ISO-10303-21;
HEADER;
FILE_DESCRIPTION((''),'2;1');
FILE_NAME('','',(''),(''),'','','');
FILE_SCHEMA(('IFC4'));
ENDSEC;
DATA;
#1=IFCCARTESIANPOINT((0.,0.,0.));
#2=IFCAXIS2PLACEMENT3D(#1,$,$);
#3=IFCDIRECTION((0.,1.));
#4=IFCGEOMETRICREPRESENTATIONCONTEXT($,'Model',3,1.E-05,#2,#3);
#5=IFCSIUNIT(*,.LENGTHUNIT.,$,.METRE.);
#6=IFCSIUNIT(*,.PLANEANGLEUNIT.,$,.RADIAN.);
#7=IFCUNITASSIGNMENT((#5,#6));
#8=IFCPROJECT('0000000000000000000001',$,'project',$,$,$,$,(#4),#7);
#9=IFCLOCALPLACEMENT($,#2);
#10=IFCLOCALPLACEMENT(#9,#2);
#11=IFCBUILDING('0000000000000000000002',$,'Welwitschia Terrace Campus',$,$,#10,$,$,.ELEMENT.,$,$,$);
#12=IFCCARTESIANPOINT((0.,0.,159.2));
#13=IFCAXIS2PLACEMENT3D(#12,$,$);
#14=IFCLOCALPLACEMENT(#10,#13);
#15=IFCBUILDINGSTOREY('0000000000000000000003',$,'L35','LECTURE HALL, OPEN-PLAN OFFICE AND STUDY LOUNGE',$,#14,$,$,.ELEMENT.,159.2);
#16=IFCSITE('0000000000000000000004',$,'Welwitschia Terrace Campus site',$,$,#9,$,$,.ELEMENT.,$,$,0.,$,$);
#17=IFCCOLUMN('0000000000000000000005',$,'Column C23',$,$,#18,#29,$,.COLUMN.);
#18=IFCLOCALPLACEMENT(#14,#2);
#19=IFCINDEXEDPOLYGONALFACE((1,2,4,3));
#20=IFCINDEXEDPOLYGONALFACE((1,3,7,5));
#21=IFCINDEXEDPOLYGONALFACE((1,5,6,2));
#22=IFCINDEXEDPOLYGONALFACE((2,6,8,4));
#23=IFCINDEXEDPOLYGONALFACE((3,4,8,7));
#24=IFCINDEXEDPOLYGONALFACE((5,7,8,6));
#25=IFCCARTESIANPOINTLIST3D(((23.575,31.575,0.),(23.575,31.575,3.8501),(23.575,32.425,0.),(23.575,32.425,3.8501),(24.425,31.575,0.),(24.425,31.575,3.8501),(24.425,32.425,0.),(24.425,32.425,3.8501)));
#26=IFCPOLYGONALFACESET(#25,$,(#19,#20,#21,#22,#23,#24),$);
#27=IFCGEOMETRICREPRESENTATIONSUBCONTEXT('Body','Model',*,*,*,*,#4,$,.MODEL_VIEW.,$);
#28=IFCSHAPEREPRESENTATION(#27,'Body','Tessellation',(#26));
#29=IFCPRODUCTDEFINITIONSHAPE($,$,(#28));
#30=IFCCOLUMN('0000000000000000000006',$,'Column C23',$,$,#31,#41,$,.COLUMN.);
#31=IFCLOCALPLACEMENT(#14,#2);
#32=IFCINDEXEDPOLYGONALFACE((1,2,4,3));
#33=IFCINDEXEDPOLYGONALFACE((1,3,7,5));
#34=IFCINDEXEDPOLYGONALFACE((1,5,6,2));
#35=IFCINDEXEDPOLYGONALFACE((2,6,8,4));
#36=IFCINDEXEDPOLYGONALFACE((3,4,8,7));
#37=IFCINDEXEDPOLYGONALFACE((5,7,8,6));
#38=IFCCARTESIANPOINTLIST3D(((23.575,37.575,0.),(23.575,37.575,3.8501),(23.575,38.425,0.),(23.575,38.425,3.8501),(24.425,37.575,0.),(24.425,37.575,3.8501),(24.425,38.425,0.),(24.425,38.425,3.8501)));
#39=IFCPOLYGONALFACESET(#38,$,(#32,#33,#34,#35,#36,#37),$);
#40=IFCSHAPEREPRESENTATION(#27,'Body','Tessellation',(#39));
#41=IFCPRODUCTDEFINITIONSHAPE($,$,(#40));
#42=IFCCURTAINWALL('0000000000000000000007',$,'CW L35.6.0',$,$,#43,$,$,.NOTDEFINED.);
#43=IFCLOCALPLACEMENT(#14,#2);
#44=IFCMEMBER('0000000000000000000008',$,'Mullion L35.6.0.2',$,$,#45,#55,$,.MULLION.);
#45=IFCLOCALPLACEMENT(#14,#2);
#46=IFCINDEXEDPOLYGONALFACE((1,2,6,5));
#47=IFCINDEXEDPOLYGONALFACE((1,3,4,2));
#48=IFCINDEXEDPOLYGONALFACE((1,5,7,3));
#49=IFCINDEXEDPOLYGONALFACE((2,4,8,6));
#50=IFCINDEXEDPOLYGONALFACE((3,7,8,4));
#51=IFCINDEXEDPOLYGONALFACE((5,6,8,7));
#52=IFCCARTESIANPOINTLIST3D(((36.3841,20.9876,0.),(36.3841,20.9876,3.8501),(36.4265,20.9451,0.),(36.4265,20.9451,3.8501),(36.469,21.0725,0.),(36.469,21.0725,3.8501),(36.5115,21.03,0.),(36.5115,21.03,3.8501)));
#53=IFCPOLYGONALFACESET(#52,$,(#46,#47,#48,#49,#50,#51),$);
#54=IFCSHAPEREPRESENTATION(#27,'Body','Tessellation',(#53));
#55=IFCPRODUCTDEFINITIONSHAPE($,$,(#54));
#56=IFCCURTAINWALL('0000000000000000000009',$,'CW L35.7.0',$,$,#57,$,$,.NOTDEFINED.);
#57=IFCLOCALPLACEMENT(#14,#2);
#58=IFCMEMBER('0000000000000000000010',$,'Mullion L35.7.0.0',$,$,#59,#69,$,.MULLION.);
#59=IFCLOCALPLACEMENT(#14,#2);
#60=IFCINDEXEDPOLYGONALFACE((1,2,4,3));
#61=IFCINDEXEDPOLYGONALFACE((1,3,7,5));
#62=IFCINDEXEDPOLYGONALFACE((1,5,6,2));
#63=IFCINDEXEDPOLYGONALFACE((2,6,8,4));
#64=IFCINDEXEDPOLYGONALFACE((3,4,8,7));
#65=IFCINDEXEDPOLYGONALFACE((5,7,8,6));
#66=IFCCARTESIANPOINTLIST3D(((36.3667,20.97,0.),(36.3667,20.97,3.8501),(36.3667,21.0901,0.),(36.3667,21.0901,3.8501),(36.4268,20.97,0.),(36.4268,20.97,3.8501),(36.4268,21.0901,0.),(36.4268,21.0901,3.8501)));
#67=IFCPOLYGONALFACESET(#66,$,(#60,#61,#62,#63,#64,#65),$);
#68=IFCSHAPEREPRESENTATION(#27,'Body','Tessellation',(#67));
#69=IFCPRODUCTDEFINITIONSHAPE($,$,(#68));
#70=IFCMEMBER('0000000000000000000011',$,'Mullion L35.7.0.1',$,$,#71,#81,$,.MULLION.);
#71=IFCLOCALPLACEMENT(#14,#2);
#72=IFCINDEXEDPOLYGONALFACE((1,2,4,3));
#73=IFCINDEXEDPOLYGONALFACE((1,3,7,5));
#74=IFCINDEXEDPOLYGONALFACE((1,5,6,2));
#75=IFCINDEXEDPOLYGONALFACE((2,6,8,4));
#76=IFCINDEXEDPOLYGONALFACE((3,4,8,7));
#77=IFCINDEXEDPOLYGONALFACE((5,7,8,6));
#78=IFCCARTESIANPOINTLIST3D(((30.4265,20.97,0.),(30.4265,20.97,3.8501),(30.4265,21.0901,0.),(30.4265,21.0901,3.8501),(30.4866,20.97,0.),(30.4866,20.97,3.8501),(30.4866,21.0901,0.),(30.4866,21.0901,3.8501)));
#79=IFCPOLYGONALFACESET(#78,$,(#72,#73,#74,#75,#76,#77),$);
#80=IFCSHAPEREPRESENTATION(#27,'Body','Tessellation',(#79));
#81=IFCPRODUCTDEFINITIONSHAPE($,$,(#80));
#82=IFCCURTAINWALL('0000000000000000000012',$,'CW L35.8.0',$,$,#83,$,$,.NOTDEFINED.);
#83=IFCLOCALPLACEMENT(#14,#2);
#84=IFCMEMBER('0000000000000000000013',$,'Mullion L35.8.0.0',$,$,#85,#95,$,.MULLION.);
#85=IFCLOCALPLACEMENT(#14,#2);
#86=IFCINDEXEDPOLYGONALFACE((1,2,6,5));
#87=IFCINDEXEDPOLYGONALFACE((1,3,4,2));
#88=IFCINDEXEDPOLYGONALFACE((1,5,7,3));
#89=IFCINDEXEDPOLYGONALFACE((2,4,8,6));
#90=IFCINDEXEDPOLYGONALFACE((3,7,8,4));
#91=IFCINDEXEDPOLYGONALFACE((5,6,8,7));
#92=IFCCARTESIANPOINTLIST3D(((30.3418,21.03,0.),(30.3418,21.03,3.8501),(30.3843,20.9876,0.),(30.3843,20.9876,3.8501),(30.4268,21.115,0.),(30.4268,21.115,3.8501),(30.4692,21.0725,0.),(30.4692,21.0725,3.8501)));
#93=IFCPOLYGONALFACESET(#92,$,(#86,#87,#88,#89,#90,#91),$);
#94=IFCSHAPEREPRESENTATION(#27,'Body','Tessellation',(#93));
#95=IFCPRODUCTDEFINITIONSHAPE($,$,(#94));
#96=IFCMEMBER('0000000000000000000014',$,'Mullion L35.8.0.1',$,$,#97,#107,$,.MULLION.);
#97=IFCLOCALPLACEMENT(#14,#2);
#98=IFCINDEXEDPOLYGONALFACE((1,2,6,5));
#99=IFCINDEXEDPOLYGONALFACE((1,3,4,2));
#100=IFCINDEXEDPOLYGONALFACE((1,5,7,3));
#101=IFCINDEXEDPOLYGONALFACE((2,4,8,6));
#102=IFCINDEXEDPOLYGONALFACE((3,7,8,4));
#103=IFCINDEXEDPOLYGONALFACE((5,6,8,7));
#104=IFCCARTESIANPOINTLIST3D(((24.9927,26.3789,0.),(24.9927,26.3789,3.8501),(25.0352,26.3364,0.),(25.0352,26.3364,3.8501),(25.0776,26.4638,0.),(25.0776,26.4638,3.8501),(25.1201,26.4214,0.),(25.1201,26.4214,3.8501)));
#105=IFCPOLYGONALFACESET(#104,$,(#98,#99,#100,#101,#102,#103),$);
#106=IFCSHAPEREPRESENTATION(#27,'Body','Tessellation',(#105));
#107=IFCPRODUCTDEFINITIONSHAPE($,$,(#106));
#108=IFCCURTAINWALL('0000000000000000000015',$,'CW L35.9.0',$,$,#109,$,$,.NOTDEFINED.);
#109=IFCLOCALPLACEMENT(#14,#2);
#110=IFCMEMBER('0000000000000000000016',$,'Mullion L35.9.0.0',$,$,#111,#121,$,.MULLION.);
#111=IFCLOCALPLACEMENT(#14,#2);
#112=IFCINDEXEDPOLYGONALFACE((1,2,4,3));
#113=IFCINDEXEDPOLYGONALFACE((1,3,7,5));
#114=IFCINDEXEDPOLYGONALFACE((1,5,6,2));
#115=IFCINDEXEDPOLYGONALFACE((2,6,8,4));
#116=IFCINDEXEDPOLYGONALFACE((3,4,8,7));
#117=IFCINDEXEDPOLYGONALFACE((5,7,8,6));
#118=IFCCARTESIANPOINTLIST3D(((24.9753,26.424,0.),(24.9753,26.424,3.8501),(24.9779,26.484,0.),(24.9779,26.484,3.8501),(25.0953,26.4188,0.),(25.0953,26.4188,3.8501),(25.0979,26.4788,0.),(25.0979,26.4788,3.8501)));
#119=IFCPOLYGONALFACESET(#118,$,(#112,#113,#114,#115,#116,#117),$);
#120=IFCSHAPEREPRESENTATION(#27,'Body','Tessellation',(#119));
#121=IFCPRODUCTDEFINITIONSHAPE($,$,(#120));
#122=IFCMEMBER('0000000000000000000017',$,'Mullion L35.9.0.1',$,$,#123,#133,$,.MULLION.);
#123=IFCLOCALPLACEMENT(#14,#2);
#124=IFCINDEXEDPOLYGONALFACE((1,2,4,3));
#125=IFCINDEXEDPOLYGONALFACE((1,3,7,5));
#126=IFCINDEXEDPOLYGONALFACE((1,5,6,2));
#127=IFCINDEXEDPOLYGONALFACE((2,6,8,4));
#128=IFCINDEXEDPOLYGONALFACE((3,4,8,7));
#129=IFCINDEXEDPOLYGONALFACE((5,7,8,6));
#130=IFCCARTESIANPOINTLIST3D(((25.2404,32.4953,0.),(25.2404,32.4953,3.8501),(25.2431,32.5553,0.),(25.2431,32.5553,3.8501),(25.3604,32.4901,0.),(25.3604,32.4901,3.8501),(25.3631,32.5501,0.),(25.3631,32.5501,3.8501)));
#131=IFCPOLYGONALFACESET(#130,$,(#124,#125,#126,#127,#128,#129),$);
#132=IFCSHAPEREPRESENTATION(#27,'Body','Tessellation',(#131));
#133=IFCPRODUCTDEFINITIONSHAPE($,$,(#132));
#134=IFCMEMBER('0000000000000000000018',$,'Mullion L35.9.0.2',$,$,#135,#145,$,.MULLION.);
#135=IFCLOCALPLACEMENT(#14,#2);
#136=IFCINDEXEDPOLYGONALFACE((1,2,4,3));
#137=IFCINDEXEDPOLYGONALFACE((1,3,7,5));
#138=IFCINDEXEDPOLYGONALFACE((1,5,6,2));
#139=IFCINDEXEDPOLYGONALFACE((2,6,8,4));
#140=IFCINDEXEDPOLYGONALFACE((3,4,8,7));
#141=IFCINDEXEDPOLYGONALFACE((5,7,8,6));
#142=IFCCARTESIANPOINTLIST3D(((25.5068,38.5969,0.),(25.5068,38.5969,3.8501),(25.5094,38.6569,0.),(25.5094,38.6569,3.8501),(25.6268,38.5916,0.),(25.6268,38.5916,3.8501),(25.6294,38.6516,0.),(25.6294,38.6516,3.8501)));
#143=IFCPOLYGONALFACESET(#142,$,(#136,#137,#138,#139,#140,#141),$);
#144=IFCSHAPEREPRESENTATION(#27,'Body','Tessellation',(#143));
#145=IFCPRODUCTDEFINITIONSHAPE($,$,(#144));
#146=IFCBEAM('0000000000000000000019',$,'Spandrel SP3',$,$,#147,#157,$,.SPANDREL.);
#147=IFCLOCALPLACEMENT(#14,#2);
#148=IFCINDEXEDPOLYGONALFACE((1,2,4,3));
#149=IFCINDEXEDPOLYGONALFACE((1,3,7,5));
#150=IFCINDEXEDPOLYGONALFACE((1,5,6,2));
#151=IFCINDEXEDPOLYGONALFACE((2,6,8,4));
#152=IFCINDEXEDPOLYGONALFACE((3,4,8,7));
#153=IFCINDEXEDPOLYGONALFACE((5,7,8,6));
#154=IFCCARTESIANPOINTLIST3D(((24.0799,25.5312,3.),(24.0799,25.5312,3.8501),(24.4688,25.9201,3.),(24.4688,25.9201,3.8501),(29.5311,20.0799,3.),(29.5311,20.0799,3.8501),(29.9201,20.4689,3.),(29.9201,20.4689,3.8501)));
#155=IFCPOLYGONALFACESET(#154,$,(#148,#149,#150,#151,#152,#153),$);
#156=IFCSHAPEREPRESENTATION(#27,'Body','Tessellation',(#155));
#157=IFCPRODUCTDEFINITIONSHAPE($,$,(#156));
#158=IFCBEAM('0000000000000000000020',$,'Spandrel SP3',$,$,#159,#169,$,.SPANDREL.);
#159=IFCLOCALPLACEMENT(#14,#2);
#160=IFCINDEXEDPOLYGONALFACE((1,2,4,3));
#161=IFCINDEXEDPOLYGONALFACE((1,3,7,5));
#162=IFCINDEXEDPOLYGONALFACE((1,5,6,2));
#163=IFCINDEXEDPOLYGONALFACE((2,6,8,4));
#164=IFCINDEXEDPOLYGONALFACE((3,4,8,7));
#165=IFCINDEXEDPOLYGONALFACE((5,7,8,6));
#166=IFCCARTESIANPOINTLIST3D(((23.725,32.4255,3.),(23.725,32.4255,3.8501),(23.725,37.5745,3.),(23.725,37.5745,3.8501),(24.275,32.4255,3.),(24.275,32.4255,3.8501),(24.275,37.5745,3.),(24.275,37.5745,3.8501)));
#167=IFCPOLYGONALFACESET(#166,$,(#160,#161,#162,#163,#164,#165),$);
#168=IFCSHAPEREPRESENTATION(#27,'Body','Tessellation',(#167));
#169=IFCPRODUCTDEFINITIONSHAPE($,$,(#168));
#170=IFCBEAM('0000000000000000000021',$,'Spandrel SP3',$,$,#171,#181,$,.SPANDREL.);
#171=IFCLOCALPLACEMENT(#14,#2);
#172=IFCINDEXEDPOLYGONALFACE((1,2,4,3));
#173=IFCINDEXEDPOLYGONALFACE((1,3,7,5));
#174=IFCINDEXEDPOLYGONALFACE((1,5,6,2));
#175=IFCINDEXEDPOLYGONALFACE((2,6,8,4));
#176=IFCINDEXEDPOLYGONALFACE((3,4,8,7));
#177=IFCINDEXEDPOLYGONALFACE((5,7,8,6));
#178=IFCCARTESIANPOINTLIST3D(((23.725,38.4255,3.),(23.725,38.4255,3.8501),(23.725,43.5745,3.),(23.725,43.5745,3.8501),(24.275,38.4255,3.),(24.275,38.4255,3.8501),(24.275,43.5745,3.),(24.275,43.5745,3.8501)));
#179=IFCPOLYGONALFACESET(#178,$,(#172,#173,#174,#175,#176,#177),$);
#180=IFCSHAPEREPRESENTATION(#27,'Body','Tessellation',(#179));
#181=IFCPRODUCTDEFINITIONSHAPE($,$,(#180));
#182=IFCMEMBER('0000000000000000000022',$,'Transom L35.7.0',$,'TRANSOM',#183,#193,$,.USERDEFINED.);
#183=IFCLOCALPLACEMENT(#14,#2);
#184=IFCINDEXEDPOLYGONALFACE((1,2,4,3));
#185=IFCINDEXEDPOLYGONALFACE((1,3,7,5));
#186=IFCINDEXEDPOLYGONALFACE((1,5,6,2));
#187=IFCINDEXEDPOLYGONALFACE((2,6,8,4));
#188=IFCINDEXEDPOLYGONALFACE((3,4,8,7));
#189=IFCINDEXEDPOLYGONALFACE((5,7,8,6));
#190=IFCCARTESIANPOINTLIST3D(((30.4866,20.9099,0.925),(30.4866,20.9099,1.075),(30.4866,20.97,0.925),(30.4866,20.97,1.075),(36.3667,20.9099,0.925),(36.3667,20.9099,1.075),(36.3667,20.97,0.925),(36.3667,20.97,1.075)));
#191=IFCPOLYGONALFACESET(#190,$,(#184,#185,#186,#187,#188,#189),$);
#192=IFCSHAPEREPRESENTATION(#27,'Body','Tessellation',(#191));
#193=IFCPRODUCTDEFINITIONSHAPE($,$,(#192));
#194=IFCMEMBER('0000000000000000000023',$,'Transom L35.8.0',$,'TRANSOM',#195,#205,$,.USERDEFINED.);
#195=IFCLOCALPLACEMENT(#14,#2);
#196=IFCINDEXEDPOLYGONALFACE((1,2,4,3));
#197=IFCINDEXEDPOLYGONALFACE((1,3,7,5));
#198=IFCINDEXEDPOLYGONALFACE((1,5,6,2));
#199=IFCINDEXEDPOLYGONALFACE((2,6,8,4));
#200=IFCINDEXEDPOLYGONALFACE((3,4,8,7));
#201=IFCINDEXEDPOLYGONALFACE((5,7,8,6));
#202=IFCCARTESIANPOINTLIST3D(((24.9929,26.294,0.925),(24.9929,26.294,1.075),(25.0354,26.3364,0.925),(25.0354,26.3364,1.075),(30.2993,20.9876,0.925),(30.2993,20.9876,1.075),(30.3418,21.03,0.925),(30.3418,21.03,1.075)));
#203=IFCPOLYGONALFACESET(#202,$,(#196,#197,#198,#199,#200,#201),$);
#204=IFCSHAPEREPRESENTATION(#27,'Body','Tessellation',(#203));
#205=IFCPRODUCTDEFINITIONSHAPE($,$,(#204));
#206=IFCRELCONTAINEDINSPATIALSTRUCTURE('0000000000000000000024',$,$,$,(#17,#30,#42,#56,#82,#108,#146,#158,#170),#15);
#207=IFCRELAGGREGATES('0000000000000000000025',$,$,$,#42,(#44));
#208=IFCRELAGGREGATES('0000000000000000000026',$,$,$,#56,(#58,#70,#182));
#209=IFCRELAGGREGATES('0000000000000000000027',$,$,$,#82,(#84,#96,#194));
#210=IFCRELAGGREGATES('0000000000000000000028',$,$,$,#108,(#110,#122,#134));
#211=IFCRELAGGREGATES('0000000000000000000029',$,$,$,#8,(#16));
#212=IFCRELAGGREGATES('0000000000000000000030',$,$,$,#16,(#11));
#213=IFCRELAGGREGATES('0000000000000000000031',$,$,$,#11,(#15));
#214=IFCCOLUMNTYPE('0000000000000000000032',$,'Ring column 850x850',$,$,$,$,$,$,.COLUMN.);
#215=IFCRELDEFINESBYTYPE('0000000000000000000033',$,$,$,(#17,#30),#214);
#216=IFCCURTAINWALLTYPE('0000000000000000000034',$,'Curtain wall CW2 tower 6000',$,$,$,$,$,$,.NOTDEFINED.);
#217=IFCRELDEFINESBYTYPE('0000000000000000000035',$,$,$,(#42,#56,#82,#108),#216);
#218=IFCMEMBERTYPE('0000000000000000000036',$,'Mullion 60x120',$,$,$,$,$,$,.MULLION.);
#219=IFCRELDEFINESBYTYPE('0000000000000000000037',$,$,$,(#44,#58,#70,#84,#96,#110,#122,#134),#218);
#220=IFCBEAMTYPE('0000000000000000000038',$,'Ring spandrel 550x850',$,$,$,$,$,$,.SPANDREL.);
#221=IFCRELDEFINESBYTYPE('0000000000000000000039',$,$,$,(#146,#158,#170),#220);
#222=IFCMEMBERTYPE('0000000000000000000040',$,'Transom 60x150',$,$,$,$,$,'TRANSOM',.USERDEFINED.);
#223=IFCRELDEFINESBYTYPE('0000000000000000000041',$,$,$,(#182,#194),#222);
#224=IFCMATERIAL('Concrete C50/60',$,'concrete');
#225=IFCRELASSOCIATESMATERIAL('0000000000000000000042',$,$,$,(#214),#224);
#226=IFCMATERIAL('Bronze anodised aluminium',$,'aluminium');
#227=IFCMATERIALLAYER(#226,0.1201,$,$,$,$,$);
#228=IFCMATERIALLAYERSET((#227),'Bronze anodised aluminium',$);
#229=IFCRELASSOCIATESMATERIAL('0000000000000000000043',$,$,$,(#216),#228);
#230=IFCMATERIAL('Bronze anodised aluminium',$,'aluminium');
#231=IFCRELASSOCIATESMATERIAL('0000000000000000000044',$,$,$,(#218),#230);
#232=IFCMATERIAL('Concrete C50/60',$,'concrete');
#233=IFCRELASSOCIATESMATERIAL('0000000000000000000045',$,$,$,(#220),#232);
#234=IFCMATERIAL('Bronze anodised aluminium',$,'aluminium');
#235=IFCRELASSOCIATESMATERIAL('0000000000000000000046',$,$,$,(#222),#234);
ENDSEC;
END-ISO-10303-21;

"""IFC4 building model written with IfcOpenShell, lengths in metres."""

from ifc_helpers import new_model, si_unit, direction, frame, origin, origin_2d, place, context, subcontext, project, spatial, rectangle, extrude, material, layer, layer_set, material_profile, profile_set, type_object, element, aggregate, save


model = new_model("IFC4")

# Units and contexts
model_context = context("Model", 3, precision=1e-05, world=origin(), true_north=direction((0.0, 1.0)))
body_context = subcontext(model_context, "Body", "Model", "MODEL_VIEW")
ifc_project = project(units=[si_unit("LENGTHUNIT", "METRE"), si_unit("PLANEANGLEUNIT", "RADIAN")], contexts=[model_context])

# Site, building, storey
site_placement = place(None, origin())
site = spatial("IfcSite", under=ifc_project, at=site_placement, Name="Welwitschia Terrace Campus site", CompositionType="ELEMENT", RefElevation=0.0)
building_placement = place(site_placement, origin())
building = spatial("IfcBuilding", under=site, at=building_placement, Name="Welwitschia Terrace Campus", CompositionType="ELEMENT")
storey_placement = place(building_placement, frame((0.0, 0.0, 159.2)))
storey = spatial("IfcBuildingStorey", under=building, at=storey_placement, Name="L35", Description="LECTURE HALL, OPEN-PLAN OFFICE AND STUDY LOUNGE", CompositionType="ELEMENT", Elevation=159.2)

# Columns
ifc_material_1 = material(Name="Concrete C50/60", Category="concrete")
ifc_material_profile_1 = material_profile(ifc_material_1, rectangle(XDim=0.8501, YDim=0.8501, at=origin_2d()))
ifc_profile_set_1 = profile_set([ifc_material_profile_1], Name="Concrete C50/60")
column_type = type_object("IfcColumnType", Name="Ring column 850x850", PredefinedType="COLUMN", material=ifc_profile_set_1)
for number, where, z_axis, x_axis, name in (
    (1, (24.0, 32.0, 0.0), (0.0, 0.0, 1.0), (1.0, 0.0, 0.0), "Column C23"),
    (2, (24.0, 38.0, 0.0), (0.0, 0.0, 1.0), (1.0, 0.0, 0.0), "Column C23"),
):
    element("IfcColumn", number, at=place(storey_placement, frame(where, z_axis=z_axis, x_axis=x_axis)), inside=storey, type_object=column_type, Name=name, PredefinedType="COLUMN", context=body_context, shape_type="SweptSolid", body=[
        extrude(rectangle(XDim=0.8501, YDim=0.8501, at=origin_2d()), origin(), (0.0, 0.0, 1.0), 3.8501),
    ])

# Curtain wall, member
ifc_material_2 = material(Name="Bronze anodised aluminium", Category="aluminium")
ifc_layer_1 = layer(ifc_material_2, 0.1201)
ifc_layer_set_1 = layer_set([ifc_layer_1], Name="Bronze anodised aluminium")
curtain_wall_type = type_object("IfcCurtainWallType", Name="Curtain wall CW2 tower 6000", PredefinedType="NOTDEFINED", material=ifc_layer_set_1)
curtain_wall_1_placement = place(storey_placement, origin())
curtain_wall_1 = element("IfcCurtainWall", 3, at=curtain_wall_1_placement, inside=storey, type_object=curtain_wall_type, Name="CW L35.6.0", PredefinedType="NOTDEFINED")
ifc_material_3 = material(Name="Bronze anodised aluminium", Category="aluminium")
ifc_material_profile_2 = material_profile(ifc_material_3, rectangle(XDim=0.1201, YDim=0.0601, at=origin_2d()))
ifc_profile_set_2 = profile_set([ifc_material_profile_2], Name="Bronze anodised aluminium")
member_type_1 = type_object("IfcMemberType", Name="Mullion 60x120", PredefinedType="MULLION", material=ifc_profile_set_2)
member_1_placement = place(storey_placement, frame((36.4478, 21.0088, 0.0), z_axis=(0.0, 0.0, 1.0), x_axis=(-0.707107, -0.707107, 0.0)))
member_1 = element("IfcMember", 4, at=member_1_placement, type_object=member_type_1, Name="Mullion L35.6.0.2", PredefinedType="MULLION", context=body_context, shape_type="SweptSolid", body=[
    extrude(rectangle(XDim=0.1201, YDim=0.0601, at=origin_2d()), origin(), (0.0, 0.0, 1.0), 3.8501),
])
aggregate(curtain_wall_1, [member_1])

# Curtain walls, members
curtain_wall_2_placement = place(storey_placement, origin())
curtain_wall_2 = element("IfcCurtainWall", 5, at=curtain_wall_2_placement, inside=storey, type_object=curtain_wall_type, Name="CW L35.7.0", PredefinedType="NOTDEFINED")
member_2_placement = place(storey_placement, frame((36.3967, 21.03, 0.0), z_axis=(0.0, 0.0, 1.0), x_axis=(0.0, -1.0, 0.0)))
member_2 = element("IfcMember", 6, at=member_2_placement, type_object=member_type_1, Name="Mullion L35.7.0.0", PredefinedType="MULLION", context=body_context, shape_type="SweptSolid", body=[
    extrude(rectangle(XDim=0.1201, YDim=0.0601, at=origin_2d()), origin(), (0.0, 0.0, 1.0), 3.8501),
])
member_3_placement = place(storey_placement, frame((30.4565, 21.03, 0.0), z_axis=(0.0, 0.0, 1.0), x_axis=(0.0, -1.0, 0.0)))
member_3 = element("IfcMember", 7, at=member_3_placement, type_object=member_type_1, Name="Mullion L35.7.0.1", PredefinedType="MULLION", context=body_context, shape_type="SweptSolid", body=[
    extrude(rectangle(XDim=0.1201, YDim=0.0601, at=origin_2d()), origin(), (0.0, 0.0, 1.0), 3.8501),
])
curtain_wall_3_placement = place(storey_placement, origin())
curtain_wall_3 = element("IfcCurtainWall", 8, at=curtain_wall_3_placement, inside=storey, type_object=curtain_wall_type, Name="CW L35.8.0", PredefinedType="NOTDEFINED")
member_4_placement = place(storey_placement, frame((30.4055, 21.0513, 0.0), z_axis=(0.0, 0.0, 1.0), x_axis=(-0.707107, -0.707107, 0.0)))
member_4 = element("IfcMember", 9, at=member_4_placement, type_object=member_type_1, Name="Mullion L35.8.0.0", PredefinedType="MULLION", context=body_context, shape_type="SweptSolid", body=[
    extrude(rectangle(XDim=0.1201, YDim=0.0601, at=origin_2d()), origin(), (0.0, 0.0, 1.0), 3.8501),
])
member_5_placement = place(storey_placement, frame((25.0564, 26.4001, 0.0), z_axis=(0.0, 0.0, 1.0), x_axis=(-0.707107, -0.707107, 0.0)))
member_5 = element("IfcMember", 10, at=member_5_placement, type_object=member_type_1, Name="Mullion L35.8.0.1", PredefinedType="MULLION", context=body_context, shape_type="SweptSolid", body=[
    extrude(rectangle(XDim=0.1201, YDim=0.0601, at=origin_2d()), origin(), (0.0, 0.0, 1.0), 3.8501),
])
curtain_wall_4_placement = place(storey_placement, origin())
curtain_wall_4 = element("IfcCurtainWall", 11, at=curtain_wall_4_placement, inside=storey, type_object=curtain_wall_type, Name="CW L35.9.0", PredefinedType="NOTDEFINED")
member_6_placement = place(storey_placement, frame((25.0366, 26.4514, 0.0), z_axis=(0.0, 0.0, 1.0), x_axis=(-0.999048, 0.043619, 0.0)))
member_6 = element("IfcMember", 12, at=member_6_placement, type_object=member_type_1, Name="Mullion L35.9.0.0", PredefinedType="MULLION", context=body_context, shape_type="SweptSolid", body=[
    extrude(rectangle(XDim=0.1201, YDim=0.0601, at=origin_2d()), origin(), (0.0, 0.0, 1.0), 3.8501),
])
member_7_placement = place(storey_placement, frame((25.3018, 32.5227, 0.0), z_axis=(0.0, 0.0, 1.0), x_axis=(-0.999048, 0.043619, 0.0)))
member_7 = element("IfcMember", 13, at=member_7_placement, type_object=member_type_1, Name="Mullion L35.9.0.1", PredefinedType="MULLION", context=body_context, shape_type="SweptSolid", body=[
    extrude(rectangle(XDim=0.1201, YDim=0.0601, at=origin_2d()), origin(), (0.0, 0.0, 1.0), 3.8501),
])
member_8_placement = place(storey_placement, frame((25.5681, 38.6243, 0.0), z_axis=(0.0, 0.0, 1.0), x_axis=(-0.999048, 0.043619, 0.0)))
member_8 = element("IfcMember", 14, at=member_8_placement, type_object=member_type_1, Name="Mullion L35.9.0.2", PredefinedType="MULLION", context=body_context, shape_type="SweptSolid", body=[
    extrude(rectangle(XDim=0.1201, YDim=0.0601, at=origin_2d()), origin(), (0.0, 0.0, 1.0), 3.8501),
])

# Beams
ifc_material_4 = material(Name="Concrete C50/60", Category="concrete")
ifc_material_profile_3 = material_profile(ifc_material_4, rectangle(XDim=0.55, YDim=0.8501, at=origin_2d()))
ifc_profile_set_3 = profile_set([ifc_material_profile_3], Name="Concrete C50/60")
beam_type = type_object("IfcBeamType", Name="Ring spandrel 550x850", PredefinedType="SPANDREL", material=ifc_profile_set_3)
beam_placement = place(storey_placement, frame((29.7256, 20.2744, 3.425), z_axis=(-0.707107, 0.707107, 0.0), x_axis=(-0.707107, -0.707107, 0.0)))
element("IfcBeam", 15, at=beam_placement, inside=storey, type_object=beam_type, Name="Spandrel SP3", PredefinedType="SPANDREL", context=body_context, shape_type="SweptSolid", body=[
    extrude(rectangle(XDim=0.55, YDim=0.8501, at=origin_2d()), origin(), (0.0, 0.0, 1.0), 7.7092),
])
for number, where, z_axis, x_axis, name in (
    (16, (24.0, 32.4255, 3.425), (0.0, 1.0, 0.0), (-1.0, 0.0, 0.0), "Spandrel SP3"),
    (17, (24.0, 38.4255, 3.425), (0.0, 1.0, 0.0), (-1.0, 0.0, 0.0), "Spandrel SP3"),
):
    element("IfcBeam", number, at=place(storey_placement, frame(where, z_axis=z_axis, x_axis=x_axis)), inside=storey, type_object=beam_type, Name=name, PredefinedType="SPANDREL", context=body_context, shape_type="SweptSolid", body=[
        extrude(rectangle(XDim=0.55, YDim=0.8501, at=origin_2d()), origin(), (0.0, 0.0, 1.0), 5.1489),
    ])

# Members
ifc_material_5 = material(Name="Bronze anodised aluminium", Category="aluminium")
ifc_material_profile_4 = material_profile(ifc_material_5, rectangle(XDim=0.0601, YDim=0.1499, at=origin_2d()))
ifc_profile_set_4 = profile_set([ifc_material_profile_4], Name="Bronze anodised aluminium")
member_type_2 = type_object("IfcMemberType", Name="Transom 60x150", ElementType="TRANSOM", PredefinedType="USERDEFINED", material=ifc_profile_set_4)
member_9_placement = place(storey_placement, frame((36.3667, 20.9399, 1.0), z_axis=(-1.0, 0.0, 0.0), x_axis=(0.0, -1.0, 0.0)))
member_9 = element("IfcMember", 18, at=member_9_placement, type_object=member_type_2, Name="Transom L35.7.0", ObjectType="TRANSOM", PredefinedType="USERDEFINED", context=body_context, shape_type="SweptSolid", body=[
    extrude(rectangle(XDim=0.0601, YDim=0.1499, at=origin_2d()), origin(), (0.0, 0.0, 1.0), 5.8801),
])
member_10_placement = place(storey_placement, frame((30.3206, 21.0088, 1.0), z_axis=(-0.707107, 0.707107, 0.0), x_axis=(-0.707107, -0.707107, 0.0)))
member_10 = element("IfcMember", 19, at=member_10_placement, type_object=member_type_2, Name="Transom L35.8.0", ObjectType="TRANSOM", PredefinedType="USERDEFINED", context=body_context, shape_type="SweptSolid", body=[
    extrude(rectangle(XDim=0.0601, YDim=0.1499, at=origin_2d()), origin(), (0.0, 0.0, 1.0), 7.5044),
])

aggregate(curtain_wall_2, [member_2, member_3, member_9])
aggregate(curtain_wall_3, [member_4, member_5, member_10])
aggregate(curtain_wall_4, [member_6, member_7, member_8])

save(model, "model.ifc")
